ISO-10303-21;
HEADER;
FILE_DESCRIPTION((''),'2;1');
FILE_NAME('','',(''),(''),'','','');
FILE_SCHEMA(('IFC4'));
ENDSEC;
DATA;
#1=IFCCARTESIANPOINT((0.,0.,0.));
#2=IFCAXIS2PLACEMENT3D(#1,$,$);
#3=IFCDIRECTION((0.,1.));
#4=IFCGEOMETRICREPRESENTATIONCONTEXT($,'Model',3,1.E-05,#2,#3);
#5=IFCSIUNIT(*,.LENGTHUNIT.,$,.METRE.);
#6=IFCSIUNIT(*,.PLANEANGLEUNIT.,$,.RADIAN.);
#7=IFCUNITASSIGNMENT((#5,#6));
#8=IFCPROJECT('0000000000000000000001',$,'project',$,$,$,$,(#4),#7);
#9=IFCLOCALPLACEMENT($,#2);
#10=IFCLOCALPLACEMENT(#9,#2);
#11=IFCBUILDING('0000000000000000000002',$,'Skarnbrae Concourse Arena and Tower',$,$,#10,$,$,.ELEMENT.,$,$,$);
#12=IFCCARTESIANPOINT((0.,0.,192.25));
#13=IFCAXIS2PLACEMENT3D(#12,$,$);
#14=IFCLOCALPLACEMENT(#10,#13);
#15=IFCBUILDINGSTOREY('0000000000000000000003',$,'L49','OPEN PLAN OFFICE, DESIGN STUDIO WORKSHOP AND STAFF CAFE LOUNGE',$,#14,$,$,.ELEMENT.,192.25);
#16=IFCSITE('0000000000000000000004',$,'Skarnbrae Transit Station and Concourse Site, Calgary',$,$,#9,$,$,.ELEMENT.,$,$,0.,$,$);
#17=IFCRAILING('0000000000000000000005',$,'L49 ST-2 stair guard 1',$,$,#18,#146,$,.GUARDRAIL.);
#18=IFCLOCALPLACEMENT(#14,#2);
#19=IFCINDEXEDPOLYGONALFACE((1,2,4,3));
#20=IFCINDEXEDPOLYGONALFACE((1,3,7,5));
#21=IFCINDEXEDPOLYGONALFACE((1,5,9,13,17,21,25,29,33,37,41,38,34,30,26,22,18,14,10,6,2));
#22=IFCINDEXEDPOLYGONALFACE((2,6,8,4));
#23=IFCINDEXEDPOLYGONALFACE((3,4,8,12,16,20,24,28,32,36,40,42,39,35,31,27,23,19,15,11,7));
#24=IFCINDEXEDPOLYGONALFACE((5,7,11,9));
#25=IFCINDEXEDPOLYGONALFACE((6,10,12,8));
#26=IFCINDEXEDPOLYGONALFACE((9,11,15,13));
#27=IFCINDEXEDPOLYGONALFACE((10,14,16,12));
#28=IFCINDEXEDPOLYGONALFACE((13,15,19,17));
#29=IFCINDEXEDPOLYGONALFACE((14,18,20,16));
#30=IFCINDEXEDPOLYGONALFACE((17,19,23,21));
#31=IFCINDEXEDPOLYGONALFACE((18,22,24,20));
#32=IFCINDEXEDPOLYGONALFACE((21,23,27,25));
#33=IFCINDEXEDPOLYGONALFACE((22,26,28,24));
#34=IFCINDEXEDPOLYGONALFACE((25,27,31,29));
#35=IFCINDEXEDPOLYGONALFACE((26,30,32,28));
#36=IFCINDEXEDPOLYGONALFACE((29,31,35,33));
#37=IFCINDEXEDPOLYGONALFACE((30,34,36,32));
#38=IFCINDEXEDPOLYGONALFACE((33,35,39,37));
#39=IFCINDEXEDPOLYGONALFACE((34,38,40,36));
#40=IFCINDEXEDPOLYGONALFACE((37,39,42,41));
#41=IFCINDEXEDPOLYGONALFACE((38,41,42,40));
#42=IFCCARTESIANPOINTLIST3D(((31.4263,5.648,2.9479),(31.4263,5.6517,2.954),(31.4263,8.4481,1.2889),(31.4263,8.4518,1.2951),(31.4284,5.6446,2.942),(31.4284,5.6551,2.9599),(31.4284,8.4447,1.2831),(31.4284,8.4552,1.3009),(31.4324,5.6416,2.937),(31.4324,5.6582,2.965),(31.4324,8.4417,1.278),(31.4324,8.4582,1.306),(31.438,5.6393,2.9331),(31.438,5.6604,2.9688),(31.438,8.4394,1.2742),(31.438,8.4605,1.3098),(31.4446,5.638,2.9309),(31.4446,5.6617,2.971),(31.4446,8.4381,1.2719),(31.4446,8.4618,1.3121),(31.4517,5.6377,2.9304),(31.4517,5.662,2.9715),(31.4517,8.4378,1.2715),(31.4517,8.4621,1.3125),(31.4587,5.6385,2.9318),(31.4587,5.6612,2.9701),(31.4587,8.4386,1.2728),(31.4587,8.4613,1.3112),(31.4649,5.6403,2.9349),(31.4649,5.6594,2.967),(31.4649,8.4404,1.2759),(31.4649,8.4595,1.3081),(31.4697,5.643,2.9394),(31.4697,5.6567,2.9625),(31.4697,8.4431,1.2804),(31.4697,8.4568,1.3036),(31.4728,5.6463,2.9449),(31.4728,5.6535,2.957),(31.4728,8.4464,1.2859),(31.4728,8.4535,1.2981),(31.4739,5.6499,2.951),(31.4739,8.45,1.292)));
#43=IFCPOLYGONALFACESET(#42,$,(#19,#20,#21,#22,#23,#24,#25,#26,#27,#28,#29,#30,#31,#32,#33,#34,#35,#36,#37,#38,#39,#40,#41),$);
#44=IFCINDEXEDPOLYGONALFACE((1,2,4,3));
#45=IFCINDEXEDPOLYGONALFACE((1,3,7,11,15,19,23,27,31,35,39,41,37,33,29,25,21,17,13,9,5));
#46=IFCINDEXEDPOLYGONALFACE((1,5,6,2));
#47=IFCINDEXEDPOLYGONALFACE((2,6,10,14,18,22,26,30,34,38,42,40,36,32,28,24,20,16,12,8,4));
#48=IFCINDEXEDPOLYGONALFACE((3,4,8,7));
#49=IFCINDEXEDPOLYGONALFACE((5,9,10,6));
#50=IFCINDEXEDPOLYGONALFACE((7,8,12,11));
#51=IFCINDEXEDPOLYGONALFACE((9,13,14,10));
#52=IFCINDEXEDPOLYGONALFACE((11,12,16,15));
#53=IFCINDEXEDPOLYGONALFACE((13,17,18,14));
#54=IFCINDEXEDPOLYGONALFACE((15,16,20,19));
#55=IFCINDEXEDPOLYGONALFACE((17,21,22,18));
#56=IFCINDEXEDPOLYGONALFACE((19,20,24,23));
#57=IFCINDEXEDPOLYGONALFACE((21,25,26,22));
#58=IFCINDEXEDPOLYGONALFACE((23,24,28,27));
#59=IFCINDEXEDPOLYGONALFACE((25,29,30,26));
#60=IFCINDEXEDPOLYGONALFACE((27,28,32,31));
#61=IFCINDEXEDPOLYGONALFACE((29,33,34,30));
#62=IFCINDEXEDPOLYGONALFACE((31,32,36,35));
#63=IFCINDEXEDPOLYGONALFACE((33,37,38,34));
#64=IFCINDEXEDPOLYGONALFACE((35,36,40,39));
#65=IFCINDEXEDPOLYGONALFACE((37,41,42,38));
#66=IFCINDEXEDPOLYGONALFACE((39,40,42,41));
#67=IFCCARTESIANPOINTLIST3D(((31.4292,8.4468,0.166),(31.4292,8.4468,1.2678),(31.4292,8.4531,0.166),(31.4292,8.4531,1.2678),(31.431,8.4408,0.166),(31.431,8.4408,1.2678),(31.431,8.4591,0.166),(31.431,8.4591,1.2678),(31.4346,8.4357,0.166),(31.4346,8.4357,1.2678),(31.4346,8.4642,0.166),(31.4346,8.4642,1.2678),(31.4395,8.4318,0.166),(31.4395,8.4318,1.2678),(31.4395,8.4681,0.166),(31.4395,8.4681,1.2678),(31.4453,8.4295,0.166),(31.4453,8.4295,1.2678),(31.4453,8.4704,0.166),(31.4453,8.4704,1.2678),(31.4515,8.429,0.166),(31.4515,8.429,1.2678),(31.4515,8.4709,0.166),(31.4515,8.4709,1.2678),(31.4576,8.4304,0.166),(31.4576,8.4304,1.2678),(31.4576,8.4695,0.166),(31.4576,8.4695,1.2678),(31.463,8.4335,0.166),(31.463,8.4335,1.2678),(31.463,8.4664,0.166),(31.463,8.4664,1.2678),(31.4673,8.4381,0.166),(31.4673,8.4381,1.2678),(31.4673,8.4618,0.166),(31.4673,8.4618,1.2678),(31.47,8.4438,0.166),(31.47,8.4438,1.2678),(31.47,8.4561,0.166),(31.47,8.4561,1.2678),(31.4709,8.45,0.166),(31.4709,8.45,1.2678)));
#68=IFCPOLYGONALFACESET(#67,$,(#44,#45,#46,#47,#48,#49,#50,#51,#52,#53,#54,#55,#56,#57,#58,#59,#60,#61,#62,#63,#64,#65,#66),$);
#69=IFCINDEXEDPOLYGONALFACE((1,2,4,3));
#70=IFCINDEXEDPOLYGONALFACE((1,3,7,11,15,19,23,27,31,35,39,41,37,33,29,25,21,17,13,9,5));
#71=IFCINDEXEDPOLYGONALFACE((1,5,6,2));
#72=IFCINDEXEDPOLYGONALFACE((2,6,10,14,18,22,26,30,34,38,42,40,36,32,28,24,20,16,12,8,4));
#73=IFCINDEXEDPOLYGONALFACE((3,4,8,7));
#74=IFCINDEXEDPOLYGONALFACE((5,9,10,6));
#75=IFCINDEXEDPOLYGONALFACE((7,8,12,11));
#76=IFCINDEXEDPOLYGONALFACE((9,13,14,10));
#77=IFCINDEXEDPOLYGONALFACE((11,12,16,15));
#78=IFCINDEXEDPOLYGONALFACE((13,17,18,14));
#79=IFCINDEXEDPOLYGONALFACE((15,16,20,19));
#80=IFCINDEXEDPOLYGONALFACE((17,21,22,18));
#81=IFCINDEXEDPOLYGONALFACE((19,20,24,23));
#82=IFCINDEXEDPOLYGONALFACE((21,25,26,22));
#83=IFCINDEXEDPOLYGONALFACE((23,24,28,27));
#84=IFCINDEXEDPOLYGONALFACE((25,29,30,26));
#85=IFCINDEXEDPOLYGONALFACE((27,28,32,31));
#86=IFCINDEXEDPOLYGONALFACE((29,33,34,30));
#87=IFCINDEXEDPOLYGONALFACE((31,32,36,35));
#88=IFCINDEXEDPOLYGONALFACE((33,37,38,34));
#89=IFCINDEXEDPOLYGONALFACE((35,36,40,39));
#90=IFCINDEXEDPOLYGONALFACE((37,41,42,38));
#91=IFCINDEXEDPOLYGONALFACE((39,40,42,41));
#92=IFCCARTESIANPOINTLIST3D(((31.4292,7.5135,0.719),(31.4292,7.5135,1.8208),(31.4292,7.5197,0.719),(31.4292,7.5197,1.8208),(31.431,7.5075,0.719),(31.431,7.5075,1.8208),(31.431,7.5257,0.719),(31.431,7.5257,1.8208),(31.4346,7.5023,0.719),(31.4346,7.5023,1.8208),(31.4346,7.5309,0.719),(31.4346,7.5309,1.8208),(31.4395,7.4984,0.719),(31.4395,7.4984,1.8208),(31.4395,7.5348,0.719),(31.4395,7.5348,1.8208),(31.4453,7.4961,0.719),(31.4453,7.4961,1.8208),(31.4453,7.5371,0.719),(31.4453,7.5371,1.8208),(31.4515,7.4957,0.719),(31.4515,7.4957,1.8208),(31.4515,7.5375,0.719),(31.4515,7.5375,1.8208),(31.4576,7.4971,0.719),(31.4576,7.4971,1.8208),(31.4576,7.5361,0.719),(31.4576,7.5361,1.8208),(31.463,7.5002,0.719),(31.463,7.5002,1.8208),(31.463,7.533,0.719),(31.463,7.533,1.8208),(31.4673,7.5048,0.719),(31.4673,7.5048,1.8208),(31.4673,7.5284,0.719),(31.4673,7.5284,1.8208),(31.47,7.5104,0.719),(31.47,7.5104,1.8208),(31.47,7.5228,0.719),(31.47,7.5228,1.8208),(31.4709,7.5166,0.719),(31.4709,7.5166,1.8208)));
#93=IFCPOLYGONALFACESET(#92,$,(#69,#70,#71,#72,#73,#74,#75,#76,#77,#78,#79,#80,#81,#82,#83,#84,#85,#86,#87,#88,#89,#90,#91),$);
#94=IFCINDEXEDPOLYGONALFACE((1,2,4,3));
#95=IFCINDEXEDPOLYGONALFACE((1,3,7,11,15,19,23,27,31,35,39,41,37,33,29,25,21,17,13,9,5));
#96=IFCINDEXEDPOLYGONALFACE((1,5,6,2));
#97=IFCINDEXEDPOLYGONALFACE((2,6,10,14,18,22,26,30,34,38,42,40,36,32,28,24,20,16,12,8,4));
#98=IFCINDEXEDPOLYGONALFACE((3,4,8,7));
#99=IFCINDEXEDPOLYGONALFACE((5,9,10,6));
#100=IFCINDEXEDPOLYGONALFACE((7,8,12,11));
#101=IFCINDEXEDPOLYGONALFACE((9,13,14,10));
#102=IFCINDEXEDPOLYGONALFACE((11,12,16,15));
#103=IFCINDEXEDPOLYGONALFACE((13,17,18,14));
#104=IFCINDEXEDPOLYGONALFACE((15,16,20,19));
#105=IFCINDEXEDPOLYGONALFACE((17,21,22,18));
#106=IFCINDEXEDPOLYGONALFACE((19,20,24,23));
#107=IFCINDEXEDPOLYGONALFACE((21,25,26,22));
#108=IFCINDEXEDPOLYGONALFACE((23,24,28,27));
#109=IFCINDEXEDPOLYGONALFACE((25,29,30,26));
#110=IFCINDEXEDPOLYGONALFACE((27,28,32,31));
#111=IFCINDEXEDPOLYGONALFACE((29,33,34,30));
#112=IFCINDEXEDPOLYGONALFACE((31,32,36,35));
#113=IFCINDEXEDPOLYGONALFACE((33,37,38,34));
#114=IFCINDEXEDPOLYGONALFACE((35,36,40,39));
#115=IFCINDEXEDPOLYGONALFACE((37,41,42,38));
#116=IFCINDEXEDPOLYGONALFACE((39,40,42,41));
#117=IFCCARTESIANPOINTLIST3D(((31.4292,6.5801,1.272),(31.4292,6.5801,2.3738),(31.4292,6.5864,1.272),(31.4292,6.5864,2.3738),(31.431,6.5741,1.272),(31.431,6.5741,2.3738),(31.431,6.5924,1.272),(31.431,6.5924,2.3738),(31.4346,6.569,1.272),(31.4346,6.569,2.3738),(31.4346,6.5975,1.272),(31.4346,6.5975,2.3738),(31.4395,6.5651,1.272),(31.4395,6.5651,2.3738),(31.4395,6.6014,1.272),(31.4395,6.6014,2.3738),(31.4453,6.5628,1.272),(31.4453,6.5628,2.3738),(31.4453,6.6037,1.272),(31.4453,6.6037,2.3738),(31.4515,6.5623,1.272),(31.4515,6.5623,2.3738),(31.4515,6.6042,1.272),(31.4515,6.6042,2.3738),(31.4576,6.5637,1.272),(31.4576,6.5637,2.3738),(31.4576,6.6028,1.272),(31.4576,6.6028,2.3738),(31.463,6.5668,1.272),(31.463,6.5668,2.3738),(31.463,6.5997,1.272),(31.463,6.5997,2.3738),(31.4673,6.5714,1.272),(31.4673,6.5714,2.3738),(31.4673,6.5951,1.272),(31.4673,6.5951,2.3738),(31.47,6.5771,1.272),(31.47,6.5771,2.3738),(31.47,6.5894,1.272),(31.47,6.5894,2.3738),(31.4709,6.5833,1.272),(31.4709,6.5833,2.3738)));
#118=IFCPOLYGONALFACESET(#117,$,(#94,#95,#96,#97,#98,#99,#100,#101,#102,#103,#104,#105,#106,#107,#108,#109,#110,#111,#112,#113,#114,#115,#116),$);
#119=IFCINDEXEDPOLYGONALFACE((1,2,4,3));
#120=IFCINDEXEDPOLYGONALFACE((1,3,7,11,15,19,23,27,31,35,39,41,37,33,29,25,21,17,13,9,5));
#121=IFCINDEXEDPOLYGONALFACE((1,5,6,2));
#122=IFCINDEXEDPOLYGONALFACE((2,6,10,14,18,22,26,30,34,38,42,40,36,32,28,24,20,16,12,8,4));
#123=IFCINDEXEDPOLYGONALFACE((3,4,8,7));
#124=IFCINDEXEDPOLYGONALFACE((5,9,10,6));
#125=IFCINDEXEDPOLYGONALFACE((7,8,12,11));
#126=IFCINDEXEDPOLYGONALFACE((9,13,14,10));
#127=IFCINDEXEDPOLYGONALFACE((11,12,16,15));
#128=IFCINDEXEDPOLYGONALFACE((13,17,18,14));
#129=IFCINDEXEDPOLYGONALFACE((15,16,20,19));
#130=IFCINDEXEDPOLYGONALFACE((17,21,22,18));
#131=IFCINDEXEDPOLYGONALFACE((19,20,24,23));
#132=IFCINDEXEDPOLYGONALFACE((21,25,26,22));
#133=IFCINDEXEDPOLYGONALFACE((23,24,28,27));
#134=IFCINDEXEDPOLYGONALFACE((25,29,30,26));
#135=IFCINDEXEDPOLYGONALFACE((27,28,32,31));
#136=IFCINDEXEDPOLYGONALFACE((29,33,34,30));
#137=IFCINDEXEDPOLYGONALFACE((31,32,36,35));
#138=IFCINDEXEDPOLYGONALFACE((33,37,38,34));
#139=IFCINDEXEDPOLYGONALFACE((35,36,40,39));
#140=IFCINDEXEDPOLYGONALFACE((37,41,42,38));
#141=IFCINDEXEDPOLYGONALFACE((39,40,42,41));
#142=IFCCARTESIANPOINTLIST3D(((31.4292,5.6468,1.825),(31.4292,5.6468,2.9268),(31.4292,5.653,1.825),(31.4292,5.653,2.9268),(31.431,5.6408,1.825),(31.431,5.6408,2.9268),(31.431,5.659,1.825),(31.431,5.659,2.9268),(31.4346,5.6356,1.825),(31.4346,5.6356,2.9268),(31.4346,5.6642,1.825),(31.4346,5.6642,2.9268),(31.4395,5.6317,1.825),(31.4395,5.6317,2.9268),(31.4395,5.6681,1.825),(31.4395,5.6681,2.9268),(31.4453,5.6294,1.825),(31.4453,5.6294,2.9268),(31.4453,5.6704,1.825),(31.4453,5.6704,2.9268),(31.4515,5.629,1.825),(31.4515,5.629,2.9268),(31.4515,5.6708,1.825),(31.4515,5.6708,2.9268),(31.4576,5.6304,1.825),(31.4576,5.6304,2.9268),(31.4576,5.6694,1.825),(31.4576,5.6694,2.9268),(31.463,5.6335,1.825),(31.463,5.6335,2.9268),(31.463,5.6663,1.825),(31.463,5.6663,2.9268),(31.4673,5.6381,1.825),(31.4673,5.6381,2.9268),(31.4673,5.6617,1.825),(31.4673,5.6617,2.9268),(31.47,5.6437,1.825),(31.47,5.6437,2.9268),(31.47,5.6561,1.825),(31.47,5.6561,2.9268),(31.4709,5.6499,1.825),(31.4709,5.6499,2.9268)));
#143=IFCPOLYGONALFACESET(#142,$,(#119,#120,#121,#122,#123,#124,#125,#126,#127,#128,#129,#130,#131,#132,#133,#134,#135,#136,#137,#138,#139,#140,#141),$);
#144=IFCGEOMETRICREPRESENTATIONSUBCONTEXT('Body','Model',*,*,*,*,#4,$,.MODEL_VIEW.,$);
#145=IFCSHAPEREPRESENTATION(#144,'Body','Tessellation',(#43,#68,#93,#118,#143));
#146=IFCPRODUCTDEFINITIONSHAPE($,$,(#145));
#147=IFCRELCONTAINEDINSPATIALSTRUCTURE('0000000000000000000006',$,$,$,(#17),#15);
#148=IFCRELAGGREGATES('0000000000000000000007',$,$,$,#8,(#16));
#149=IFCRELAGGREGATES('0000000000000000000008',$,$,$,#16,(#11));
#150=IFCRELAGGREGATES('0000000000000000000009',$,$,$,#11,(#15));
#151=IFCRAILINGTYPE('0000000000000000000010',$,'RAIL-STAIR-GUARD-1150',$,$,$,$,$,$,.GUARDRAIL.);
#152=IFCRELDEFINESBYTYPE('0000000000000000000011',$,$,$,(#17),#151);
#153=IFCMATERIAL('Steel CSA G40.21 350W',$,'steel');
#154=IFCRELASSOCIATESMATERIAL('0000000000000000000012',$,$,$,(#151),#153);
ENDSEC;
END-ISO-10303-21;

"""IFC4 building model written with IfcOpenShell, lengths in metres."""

from ifc_helpers import new_model, si_unit, direction, frame, origin, origin_2d, place, context, subcontext, project, spatial, circle, extrude, material, type_object, element, save


model = new_model("IFC4")

# Units and contexts
model_context = context("Model", 3, precision=1e-05, world=origin(), true_north=direction((0.0, 1.0)))
body_context = subcontext(model_context, "Body", "Model", "MODEL_VIEW")
ifc_project = project(units=[si_unit("LENGTHUNIT", "METRE"), si_unit("PLANEANGLEUNIT", "RADIAN")], contexts=[model_context])

# Site, building, storey
site_placement = place(None, origin())
site = spatial("IfcSite", under=ifc_project, at=site_placement, Name="Skarnbrae Transit Station and Concourse Site, Calgary", CompositionType="ELEMENT", RefElevation=0.0)
building_placement = place(site_placement, origin())
building = spatial("IfcBuilding", under=site, at=building_placement, Name="Skarnbrae Concourse Arena and Tower", CompositionType="ELEMENT")
storey_placement = place(building_placement, frame((0.0, 0.0, 192.25)))
storey = spatial("IfcBuildingStorey", under=building, at=storey_placement, Name="L49", Description="OPEN PLAN OFFICE, DESIGN STUDIO WORKSHOP AND STAFF CAFE LOUNGE", CompositionType="ELEMENT", Elevation=192.25)

# Shared definitions
ifc_material_1 = material(Name="Steel CSA G40.21 350W", Category="steel")

# Railing
railing_type = type_object("IfcRailingType", Name="RAIL-STAIR-GUARD-1150", PredefinedType="GUARDRAIL", material=ifc_material_1)
railing_1_placement = place(storey_placement, frame((31.45, 8.45, 0.166)))
element("IfcRailing", 1, at=railing_1_placement, inside=storey, type_object=railing_type, Name="L49 ST-2 stair guard 1", PredefinedType="GUARDRAIL", context=body_context, shape_type="SweptSolid", body=[
    extrude(circle(Radius=0.0239, at=origin_2d()), frame((0.0, 0.0, 1.126), z_axis=(0.0, -0.860339, 0.509722), x_axis=(1.0, 0.0, 0.0)), (0.0, 0.0, 1.0), 3.2546),
    extrude(circle(Radius=0.021, at=origin_2d()), origin(), (0.0, 0.0, 1.0), 1.1018),
    extrude(circle(Radius=0.021, at=origin_2d()), frame((0.0, -0.9333, 0.553)), (0.0, 0.0, 1.0), 1.1018),
    extrude(circle(Radius=0.021, at=origin_2d()), frame((0.0, -1.8667, 1.106)), (0.0, 0.0, 1.0), 1.1018),
    extrude(circle(Radius=0.021, at=origin_2d()), frame((0.0, -2.8, 1.6589)), (0.0, 0.0, 1.0), 1.1018),
])

save(model, "model.ifc")
